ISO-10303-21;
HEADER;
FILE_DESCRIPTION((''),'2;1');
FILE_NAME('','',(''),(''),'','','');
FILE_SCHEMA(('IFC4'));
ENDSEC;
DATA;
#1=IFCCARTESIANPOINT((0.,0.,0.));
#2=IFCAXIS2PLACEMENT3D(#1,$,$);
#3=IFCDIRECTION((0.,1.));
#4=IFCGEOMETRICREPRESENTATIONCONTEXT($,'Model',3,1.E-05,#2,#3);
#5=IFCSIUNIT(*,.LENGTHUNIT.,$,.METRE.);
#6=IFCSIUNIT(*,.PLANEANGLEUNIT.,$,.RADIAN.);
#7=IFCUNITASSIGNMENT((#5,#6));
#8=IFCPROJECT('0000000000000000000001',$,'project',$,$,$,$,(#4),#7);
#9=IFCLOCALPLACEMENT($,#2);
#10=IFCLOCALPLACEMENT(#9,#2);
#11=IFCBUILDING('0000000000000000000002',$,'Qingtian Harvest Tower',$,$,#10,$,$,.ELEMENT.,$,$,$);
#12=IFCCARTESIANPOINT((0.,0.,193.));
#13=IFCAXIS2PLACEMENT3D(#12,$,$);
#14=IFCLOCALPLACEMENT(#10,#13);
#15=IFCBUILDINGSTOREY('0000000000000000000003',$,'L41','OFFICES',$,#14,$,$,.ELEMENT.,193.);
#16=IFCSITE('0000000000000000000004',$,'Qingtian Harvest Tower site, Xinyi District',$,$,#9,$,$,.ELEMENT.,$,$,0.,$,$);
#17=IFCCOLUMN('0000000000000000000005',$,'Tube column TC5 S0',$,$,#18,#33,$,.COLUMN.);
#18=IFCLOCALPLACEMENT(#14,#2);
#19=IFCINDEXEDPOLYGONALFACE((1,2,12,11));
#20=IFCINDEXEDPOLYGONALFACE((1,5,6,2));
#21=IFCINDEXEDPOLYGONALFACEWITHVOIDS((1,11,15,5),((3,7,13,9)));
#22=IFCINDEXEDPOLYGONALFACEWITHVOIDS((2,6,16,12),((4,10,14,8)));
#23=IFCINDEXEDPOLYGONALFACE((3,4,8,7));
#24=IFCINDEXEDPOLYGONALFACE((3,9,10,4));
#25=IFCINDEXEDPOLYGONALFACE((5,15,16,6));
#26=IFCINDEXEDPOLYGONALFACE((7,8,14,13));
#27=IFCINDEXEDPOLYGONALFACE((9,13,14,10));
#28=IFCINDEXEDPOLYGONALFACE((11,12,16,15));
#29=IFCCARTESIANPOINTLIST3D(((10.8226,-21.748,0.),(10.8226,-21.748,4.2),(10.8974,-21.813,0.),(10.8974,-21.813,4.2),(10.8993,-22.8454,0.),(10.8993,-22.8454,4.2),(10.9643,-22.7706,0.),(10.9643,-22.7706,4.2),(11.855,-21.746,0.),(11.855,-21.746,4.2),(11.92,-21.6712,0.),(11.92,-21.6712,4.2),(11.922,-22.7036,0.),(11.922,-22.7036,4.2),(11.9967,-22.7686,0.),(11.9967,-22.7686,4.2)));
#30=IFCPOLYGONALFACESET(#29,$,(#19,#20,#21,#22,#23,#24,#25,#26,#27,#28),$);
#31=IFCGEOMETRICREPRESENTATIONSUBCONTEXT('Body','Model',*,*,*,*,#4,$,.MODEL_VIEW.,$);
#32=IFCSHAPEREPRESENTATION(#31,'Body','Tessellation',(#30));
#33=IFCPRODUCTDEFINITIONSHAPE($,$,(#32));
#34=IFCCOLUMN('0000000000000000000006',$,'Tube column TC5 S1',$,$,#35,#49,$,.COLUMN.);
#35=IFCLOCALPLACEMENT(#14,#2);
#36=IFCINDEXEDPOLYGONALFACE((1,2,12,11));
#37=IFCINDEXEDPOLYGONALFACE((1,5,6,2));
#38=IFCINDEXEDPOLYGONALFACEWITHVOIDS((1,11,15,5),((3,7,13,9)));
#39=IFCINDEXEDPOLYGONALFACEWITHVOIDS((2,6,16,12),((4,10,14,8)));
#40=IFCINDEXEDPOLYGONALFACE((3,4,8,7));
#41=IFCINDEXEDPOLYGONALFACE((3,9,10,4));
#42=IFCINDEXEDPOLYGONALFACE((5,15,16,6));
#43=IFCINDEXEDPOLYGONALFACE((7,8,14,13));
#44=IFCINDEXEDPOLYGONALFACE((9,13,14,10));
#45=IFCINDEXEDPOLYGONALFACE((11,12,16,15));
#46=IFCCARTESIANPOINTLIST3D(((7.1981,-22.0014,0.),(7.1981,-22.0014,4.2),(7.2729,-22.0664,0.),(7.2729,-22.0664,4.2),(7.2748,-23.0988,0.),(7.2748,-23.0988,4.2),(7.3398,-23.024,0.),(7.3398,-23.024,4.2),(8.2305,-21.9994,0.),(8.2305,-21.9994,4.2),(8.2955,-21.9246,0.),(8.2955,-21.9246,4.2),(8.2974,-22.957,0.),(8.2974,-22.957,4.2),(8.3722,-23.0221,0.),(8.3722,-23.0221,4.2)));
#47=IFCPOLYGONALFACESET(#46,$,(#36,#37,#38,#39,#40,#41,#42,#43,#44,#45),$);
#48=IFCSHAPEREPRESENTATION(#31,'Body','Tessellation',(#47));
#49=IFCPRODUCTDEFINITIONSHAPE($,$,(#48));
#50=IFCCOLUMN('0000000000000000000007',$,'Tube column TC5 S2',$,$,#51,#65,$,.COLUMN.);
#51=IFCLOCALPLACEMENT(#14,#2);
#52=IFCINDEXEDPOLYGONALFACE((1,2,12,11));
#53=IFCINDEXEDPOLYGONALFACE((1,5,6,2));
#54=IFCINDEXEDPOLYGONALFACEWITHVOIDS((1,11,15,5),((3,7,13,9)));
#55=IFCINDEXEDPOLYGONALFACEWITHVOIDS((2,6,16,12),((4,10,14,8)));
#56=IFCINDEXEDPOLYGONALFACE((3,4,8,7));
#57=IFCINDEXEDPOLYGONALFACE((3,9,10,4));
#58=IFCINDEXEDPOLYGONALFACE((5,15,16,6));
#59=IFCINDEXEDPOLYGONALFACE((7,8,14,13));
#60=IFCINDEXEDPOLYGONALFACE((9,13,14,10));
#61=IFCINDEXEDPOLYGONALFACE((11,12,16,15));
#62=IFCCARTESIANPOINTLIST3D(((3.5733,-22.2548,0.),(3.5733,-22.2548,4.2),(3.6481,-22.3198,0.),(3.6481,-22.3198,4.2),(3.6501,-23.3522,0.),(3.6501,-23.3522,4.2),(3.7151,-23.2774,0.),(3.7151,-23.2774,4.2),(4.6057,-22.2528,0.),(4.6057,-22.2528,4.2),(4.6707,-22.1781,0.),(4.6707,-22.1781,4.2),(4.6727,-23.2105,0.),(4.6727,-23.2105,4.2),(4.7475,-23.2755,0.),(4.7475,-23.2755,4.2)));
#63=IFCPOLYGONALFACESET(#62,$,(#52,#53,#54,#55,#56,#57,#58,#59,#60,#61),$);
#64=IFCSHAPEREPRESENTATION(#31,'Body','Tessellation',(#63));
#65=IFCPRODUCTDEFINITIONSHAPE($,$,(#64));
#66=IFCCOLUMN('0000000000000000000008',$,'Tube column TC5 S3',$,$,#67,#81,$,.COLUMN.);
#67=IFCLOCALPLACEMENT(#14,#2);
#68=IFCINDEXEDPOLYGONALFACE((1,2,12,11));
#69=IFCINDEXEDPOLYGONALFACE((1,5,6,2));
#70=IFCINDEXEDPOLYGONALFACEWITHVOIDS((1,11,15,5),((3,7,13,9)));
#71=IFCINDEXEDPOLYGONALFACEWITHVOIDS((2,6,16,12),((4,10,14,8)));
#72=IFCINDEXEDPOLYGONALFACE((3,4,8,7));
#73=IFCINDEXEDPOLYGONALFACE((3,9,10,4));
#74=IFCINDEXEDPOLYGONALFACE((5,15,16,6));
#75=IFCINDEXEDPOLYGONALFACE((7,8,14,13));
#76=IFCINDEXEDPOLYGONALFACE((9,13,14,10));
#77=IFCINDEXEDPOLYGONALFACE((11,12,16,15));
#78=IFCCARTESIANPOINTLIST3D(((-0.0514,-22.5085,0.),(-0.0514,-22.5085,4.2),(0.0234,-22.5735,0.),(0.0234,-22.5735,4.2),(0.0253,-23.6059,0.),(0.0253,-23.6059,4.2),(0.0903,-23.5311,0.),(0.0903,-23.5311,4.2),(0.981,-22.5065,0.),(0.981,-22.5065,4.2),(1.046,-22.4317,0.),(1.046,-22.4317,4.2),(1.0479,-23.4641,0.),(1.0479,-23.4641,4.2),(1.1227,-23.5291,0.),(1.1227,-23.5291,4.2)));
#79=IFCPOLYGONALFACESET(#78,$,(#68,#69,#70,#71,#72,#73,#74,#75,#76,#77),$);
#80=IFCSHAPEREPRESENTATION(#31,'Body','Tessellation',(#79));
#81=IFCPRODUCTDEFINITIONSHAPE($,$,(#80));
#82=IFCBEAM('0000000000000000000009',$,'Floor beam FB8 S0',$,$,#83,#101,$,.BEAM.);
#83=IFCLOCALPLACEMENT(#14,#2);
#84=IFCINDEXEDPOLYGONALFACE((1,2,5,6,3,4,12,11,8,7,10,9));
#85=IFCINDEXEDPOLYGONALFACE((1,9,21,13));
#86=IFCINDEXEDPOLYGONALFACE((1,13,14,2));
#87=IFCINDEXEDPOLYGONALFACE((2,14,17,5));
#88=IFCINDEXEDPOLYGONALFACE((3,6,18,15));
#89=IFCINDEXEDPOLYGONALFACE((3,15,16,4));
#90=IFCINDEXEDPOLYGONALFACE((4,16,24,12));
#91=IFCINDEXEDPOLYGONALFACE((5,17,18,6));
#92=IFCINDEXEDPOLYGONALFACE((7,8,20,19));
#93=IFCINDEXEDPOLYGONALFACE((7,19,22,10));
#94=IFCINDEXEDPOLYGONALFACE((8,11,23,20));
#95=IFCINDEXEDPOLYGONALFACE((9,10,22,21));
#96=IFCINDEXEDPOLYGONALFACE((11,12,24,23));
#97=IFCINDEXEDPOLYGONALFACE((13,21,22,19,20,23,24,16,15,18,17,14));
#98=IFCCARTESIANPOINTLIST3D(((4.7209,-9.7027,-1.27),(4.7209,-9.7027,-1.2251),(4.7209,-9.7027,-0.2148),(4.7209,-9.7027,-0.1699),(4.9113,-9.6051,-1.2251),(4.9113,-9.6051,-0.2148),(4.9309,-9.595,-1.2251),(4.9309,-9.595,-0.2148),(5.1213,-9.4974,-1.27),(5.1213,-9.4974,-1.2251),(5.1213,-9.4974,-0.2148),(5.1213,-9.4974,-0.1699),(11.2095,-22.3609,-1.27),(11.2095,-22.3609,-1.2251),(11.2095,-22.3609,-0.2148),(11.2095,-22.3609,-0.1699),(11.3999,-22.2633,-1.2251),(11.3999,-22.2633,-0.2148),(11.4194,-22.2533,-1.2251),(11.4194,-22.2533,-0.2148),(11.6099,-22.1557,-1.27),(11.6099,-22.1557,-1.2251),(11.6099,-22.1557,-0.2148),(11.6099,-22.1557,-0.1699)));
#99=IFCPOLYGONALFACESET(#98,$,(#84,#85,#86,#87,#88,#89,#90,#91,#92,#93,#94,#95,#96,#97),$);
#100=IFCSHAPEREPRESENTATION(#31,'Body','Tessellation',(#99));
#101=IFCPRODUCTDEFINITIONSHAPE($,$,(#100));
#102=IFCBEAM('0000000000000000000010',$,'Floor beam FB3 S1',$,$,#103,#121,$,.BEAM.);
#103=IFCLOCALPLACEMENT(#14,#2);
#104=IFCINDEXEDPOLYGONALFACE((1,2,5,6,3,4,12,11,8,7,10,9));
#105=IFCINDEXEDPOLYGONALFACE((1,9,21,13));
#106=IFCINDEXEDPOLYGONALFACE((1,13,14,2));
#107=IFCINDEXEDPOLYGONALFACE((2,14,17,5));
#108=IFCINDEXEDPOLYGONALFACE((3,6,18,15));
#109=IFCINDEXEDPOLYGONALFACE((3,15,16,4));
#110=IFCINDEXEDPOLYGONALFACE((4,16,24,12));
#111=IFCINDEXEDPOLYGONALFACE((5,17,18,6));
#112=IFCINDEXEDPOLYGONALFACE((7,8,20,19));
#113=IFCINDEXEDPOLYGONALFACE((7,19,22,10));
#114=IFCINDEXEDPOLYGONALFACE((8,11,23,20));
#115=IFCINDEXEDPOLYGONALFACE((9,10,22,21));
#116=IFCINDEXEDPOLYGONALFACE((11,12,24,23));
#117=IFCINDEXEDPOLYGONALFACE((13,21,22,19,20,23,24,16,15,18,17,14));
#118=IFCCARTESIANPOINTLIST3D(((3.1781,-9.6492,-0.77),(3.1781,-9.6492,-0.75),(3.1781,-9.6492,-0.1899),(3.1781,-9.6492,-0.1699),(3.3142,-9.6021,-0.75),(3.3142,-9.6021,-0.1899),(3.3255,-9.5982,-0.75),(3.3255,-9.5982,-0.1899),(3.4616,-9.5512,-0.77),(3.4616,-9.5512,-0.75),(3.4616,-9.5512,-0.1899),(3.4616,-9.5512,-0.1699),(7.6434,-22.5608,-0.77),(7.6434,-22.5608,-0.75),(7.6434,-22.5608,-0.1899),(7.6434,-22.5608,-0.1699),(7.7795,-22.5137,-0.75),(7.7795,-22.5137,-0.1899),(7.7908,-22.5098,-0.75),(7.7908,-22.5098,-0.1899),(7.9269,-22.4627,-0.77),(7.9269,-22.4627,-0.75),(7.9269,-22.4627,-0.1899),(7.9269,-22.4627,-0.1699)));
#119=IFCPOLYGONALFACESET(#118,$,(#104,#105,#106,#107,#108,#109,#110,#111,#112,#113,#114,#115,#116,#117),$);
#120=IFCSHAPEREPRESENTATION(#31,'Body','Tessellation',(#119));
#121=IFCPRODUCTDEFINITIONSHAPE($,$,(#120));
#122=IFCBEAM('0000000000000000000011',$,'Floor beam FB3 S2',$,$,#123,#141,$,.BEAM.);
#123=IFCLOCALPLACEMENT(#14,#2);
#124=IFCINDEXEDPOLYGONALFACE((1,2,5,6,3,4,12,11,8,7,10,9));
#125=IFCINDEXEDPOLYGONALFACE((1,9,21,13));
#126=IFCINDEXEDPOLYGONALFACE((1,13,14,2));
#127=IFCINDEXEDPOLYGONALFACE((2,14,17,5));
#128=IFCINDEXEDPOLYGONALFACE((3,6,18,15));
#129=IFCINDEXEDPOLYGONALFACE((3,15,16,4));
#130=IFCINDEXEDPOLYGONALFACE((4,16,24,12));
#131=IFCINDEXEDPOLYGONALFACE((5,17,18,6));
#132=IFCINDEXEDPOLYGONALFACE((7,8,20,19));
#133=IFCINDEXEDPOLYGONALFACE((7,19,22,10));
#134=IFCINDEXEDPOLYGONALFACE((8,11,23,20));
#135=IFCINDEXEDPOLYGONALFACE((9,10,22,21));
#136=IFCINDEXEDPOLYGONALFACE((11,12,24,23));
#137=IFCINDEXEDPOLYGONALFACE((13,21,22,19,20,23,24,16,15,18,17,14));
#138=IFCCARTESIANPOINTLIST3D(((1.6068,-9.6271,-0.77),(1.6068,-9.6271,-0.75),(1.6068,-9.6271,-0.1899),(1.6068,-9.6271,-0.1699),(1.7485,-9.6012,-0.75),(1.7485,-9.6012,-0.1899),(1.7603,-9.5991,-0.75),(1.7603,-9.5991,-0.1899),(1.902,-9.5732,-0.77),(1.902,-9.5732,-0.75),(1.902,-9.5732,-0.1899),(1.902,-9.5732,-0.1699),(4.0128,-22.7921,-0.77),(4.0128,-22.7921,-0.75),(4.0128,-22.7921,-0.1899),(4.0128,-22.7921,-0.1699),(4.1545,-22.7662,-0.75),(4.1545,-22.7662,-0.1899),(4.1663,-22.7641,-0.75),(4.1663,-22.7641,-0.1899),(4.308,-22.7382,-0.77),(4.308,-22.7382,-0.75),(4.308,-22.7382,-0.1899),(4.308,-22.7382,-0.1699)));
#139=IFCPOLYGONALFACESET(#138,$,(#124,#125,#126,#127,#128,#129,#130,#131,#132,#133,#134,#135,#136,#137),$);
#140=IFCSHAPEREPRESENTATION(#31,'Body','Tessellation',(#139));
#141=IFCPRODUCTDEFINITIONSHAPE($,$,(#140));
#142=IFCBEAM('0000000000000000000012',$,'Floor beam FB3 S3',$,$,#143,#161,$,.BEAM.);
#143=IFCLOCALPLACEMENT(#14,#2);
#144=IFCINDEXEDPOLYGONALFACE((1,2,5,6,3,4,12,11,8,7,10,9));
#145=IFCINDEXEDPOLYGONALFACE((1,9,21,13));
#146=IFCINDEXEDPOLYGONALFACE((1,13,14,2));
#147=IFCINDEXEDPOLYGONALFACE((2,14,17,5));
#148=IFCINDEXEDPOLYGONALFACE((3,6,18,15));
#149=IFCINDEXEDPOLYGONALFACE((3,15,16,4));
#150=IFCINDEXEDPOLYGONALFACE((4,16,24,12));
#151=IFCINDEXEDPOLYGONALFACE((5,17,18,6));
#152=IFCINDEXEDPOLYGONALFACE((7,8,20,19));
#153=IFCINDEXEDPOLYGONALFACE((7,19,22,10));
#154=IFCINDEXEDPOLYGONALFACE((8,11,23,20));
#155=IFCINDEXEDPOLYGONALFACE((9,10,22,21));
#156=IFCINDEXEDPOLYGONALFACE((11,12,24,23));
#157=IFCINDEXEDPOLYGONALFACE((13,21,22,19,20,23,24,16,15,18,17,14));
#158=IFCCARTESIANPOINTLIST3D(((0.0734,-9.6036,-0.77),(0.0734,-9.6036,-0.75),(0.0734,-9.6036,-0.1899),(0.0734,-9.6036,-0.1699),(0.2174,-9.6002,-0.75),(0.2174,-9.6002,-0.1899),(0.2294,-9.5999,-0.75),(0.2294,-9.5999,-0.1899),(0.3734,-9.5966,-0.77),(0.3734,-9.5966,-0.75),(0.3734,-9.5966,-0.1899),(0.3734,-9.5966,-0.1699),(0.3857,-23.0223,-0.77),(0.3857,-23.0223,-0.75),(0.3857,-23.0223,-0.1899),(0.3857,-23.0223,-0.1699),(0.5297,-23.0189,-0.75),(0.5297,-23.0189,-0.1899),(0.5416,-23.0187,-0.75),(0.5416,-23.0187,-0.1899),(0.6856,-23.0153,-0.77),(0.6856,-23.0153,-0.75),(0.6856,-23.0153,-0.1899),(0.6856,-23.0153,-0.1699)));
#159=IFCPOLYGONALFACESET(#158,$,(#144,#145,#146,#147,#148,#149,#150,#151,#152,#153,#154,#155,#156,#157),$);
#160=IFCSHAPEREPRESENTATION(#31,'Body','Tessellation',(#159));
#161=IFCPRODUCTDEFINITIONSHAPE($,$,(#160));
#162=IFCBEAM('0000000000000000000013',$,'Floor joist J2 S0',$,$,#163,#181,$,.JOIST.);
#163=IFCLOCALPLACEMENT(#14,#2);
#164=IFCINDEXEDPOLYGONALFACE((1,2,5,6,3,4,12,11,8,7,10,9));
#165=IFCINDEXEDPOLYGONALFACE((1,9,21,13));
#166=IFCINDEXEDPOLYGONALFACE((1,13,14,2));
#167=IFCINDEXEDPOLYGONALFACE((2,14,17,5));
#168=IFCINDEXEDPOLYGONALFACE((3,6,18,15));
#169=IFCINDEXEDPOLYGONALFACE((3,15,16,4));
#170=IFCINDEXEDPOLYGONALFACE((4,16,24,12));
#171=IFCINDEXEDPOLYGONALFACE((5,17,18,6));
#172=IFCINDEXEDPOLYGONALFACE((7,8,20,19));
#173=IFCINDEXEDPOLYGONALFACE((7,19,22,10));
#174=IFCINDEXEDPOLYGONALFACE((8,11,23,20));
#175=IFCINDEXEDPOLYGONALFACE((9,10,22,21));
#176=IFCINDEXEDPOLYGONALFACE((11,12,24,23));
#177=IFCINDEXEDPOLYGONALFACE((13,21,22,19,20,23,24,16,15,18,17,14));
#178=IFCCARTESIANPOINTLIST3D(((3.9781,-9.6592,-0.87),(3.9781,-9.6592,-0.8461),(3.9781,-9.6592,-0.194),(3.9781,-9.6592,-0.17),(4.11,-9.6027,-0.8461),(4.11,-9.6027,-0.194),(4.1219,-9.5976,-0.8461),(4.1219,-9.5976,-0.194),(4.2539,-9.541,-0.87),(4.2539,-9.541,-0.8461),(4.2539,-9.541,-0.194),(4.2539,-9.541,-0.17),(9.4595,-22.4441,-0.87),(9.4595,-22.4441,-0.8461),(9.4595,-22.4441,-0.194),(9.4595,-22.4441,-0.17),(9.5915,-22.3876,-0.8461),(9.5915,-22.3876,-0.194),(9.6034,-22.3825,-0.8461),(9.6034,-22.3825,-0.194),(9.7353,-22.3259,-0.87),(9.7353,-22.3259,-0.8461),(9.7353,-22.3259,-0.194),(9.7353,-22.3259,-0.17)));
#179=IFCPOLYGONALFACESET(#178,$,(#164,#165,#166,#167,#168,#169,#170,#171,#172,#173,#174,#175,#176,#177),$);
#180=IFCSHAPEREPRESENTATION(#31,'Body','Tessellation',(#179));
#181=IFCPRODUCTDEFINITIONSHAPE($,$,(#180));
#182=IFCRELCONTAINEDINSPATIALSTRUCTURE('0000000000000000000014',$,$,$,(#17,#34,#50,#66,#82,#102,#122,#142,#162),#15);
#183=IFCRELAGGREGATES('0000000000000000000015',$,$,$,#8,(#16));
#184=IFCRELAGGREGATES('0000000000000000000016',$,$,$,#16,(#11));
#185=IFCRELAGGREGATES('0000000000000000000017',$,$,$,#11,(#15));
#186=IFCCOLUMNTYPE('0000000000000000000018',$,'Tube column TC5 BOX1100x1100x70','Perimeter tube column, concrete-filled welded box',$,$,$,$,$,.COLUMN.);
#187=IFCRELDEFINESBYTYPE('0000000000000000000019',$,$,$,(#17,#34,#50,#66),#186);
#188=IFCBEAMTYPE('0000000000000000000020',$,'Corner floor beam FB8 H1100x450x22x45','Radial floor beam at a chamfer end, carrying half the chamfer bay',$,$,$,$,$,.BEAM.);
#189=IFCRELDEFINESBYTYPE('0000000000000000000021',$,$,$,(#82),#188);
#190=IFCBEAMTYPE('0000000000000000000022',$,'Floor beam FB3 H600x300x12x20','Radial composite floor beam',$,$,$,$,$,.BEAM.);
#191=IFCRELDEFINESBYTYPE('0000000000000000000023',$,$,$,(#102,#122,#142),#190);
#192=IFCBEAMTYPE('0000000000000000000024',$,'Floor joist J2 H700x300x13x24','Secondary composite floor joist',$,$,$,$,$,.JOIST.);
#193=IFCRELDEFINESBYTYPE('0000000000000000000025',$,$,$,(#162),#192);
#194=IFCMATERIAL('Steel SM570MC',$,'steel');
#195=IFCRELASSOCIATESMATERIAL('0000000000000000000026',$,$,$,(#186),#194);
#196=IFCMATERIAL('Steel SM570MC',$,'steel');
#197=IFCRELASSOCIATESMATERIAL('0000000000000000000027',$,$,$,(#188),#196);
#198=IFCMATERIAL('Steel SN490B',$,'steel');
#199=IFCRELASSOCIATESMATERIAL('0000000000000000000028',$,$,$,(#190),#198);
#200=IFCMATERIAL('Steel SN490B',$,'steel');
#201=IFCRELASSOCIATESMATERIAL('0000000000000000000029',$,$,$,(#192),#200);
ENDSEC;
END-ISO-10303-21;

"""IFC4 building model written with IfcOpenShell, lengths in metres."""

from ifc_helpers import new_model, si_unit, direction, frame, origin, origin_2d, place, context, subcontext, project, spatial, hollow_rectangle, i_section, extrude, material, material_profile, profile_set, type_object, element, save


model = new_model("IFC4")

# Units and contexts
model_context = context("Model", 3, precision=1e-05, world=origin(), true_north=direction((0.0, 1.0)))
body_context = subcontext(model_context, "Body", "Model", "MODEL_VIEW")
ifc_project = project(units=[si_unit("LENGTHUNIT", "METRE"), si_unit("PLANEANGLEUNIT", "RADIAN")], contexts=[model_context])

# Site, building, storey
site_placement = place(None, origin())
site = spatial("IfcSite", under=ifc_project, at=site_placement, Name="Qingtian Harvest Tower site, Xinyi District", CompositionType="ELEMENT", RefElevation=0.0)
building_placement = place(site_placement, origin())
building = spatial("IfcBuilding", under=site, at=building_placement, Name="Qingtian Harvest Tower", CompositionType="ELEMENT")
storey_placement = place(building_placement, frame((0.0, 0.0, 193.0)))
storey = spatial("IfcBuildingStorey", under=building, at=storey_placement, Name="L41", Description="OFFICES", CompositionType="ELEMENT", Elevation=193.0)

# Columns
ifc_material_1 = material(Name="Steel SM570MC", Category="steel")
ifc_material_profile_1 = material_profile(ifc_material_1, hollow_rectangle(XDim=1.1001, YDim=1.1001, WallThickness=0.0701, at=origin_2d()), Name="BOX1100x1100x70")
ifc_profile_set_1 = profile_set([ifc_material_profile_1], Name="Steel SM570MC")
column_type = type_object("IfcColumnType", Name="Tube column TC5 BOX1100x1100x70", Description="Perimeter tube column, concrete-filled welded box", PredefinedType="COLUMN", material=ifc_profile_set_1)
for number, where, z_axis, x_axis, name in (
    (1, (11.4097, -22.2583, 0.0), (0.0, 0.0, 1.0), (0.997564, 0.069756, 0.0), "Tube column TC5 S0"),
    (2, (7.7852, -22.5117, 0.0), (0.0, 0.0, 1.0), (0.997564, 0.069756, 0.0), "Tube column TC5 S1"),
    (3, (4.1604, -22.7651, 0.0), (0.0, 0.0, 1.0), (0.997564, 0.069756, 0.0), "Tube column TC5 S2"),
    (4, (0.5356, -23.0188, 0.0), (0.0, 0.0, 1.0), (0.997564, 0.069756, 0.0), "Tube column TC5 S3"),
):
    element("IfcColumn", number, at=place(storey_placement, frame(where, z_axis=z_axis, x_axis=x_axis)), inside=storey, type_object=column_type, Name=name, PredefinedType="COLUMN", context=body_context, shape_type="SweptSolid", body=[
        extrude(hollow_rectangle(XDim=1.1001, YDim=1.1001, WallThickness=0.0701, at=origin_2d()), origin(), (0.0, 0.0, 1.0), 4.2),
    ])

# Beams
ifc_material_2 = material(Name="Steel SM570MC", Category="steel")
ifc_material_profile_2 = material_profile(ifc_material_2, i_section(OverallWidth=0.45, OverallDepth=1.1001, WebThickness=0.022, FlangeThickness=0.0449, at=origin_2d()), Name="H1100x450x22x45")
ifc_profile_set_2 = profile_set([ifc_material_profile_2], Name="Steel SM570MC")
beam_type_1 = type_object("IfcBeamType", Name="Corner floor beam FB8 H1100x450x22x45", Description="Radial floor beam at a chamfer end, carrying half the chamfer bay", PredefinedType="BEAM", material=ifc_profile_set_2)
beam_1_placement = place(storey_placement, frame((11.4097, -22.2583, -0.72), z_axis=(-0.456157, 0.889899, 0.0), x_axis=(-0.889899, -0.456157, 0.0)))
element("IfcBeam", 5, at=beam_1_placement, inside=storey, type_object=beam_type_1, Name="Floor beam FB8 S0", PredefinedType="BEAM", context=body_context, shape_type="SweptSolid", body=[
    extrude(i_section(OverallWidth=0.45, OverallDepth=1.1001, WebThickness=0.022, FlangeThickness=0.0449, at=origin_2d()), origin(), (0.0, 0.0, 1.0), 14.2244),
])
ifc_material_3 = material(Name="Steel SN490B", Category="steel")
ifc_material_profile_3 = material_profile(ifc_material_3, i_section(OverallWidth=0.3, OverallDepth=0.6001, WebThickness=0.012, FlangeThickness=0.02, at=origin_2d()), Name="H600x300x12x20")
ifc_profile_set_3 = profile_set([ifc_material_profile_3], Name="Steel SN490B")
beam_type_2 = type_object("IfcBeamType", Name="Floor beam FB3 H600x300x12x20", Description="Radial composite floor beam", PredefinedType="BEAM", material=ifc_profile_set_3)
beam_2_placement = place(storey_placement, frame((7.7852, -22.5117, -0.47), z_axis=(-0.326844, 0.945078, 0.0), x_axis=(-0.945078, -0.326844, 0.0)))
element("IfcBeam", 6, at=beam_2_placement, inside=storey, type_object=beam_type_2, Name="Floor beam FB3 S1", PredefinedType="BEAM", context=body_context, shape_type="SweptSolid", body=[
    extrude(i_section(OverallWidth=0.3, OverallDepth=0.6001, WebThickness=0.012, FlangeThickness=0.02, at=origin_2d()), origin(), (0.0, 0.0, 1.0), 13.6619),
])
beam_3_placement = place(storey_placement, frame((4.1604, -22.7651, -0.47), z_axis=(-0.17978, 0.983707, 0.0), x_axis=(-0.983707, -0.17978, 0.0)))
element("IfcBeam", 7, at=beam_3_placement, inside=storey, type_object=beam_type_2, Name="Floor beam FB3 S2", PredefinedType="BEAM", context=body_context, shape_type="SweptSolid", body=[
    extrude(i_section(OverallWidth=0.3, OverallDepth=0.6001, WebThickness=0.012, FlangeThickness=0.02, at=origin_2d()), origin(), (0.0, 0.0, 1.0), 13.3831),
])
beam_4_placement = place(storey_placement, frame((0.5356, -23.0188, -0.47), z_axis=(-0.023264, 0.999729, 0.0), x_axis=(-0.999729, -0.023264, 0.0)))
element("IfcBeam", 8, at=beam_4_placement, inside=storey, type_object=beam_type_2, Name="Floor beam FB3 S3", PredefinedType="BEAM", context=body_context, shape_type="SweptSolid", body=[
    extrude(i_section(OverallWidth=0.3, OverallDepth=0.6001, WebThickness=0.012, FlangeThickness=0.02, at=origin_2d()), origin(), (0.0, 0.0, 1.0), 13.4224),
])
ifc_material_4 = material(Name="Steel SN490B", Category="steel")
ifc_material_profile_4 = material_profile(ifc_material_4, i_section(OverallWidth=0.3, OverallDepth=0.7, WebThickness=0.0129, FlangeThickness=0.0239, at=origin_2d()), Name="H700x300x13x24")
ifc_profile_set_4 = profile_set([ifc_material_profile_4], Name="Steel SN490B")
beam_type_3 = type_object("IfcBeamType", Name="Floor joist J2 H700x300x13x24", Description="Secondary composite floor joist", PredefinedType="JOIST", material=ifc_profile_set_4)
beam_5_placement = place(storey_placement, frame((9.5974, -22.385, -0.52), z_axis=(-0.394053, 0.919088, 0.0), x_axis=(-0.919088, -0.394053, 0.0)))
element("IfcBeam", 9, at=beam_5_placement, inside=storey, type_object=beam_type_3, Name="Floor joist J2 S0", PredefinedType="JOIST", context=body_context, shape_type="SweptSolid", body=[
    extrude(i_section(OverallWidth=0.3, OverallDepth=0.7, WebThickness=0.0129, FlangeThickness=0.0239, at=origin_2d()), origin(), (0.0, 0.0, 1.0), 13.9104),
])

save(model, "model.ifc")
